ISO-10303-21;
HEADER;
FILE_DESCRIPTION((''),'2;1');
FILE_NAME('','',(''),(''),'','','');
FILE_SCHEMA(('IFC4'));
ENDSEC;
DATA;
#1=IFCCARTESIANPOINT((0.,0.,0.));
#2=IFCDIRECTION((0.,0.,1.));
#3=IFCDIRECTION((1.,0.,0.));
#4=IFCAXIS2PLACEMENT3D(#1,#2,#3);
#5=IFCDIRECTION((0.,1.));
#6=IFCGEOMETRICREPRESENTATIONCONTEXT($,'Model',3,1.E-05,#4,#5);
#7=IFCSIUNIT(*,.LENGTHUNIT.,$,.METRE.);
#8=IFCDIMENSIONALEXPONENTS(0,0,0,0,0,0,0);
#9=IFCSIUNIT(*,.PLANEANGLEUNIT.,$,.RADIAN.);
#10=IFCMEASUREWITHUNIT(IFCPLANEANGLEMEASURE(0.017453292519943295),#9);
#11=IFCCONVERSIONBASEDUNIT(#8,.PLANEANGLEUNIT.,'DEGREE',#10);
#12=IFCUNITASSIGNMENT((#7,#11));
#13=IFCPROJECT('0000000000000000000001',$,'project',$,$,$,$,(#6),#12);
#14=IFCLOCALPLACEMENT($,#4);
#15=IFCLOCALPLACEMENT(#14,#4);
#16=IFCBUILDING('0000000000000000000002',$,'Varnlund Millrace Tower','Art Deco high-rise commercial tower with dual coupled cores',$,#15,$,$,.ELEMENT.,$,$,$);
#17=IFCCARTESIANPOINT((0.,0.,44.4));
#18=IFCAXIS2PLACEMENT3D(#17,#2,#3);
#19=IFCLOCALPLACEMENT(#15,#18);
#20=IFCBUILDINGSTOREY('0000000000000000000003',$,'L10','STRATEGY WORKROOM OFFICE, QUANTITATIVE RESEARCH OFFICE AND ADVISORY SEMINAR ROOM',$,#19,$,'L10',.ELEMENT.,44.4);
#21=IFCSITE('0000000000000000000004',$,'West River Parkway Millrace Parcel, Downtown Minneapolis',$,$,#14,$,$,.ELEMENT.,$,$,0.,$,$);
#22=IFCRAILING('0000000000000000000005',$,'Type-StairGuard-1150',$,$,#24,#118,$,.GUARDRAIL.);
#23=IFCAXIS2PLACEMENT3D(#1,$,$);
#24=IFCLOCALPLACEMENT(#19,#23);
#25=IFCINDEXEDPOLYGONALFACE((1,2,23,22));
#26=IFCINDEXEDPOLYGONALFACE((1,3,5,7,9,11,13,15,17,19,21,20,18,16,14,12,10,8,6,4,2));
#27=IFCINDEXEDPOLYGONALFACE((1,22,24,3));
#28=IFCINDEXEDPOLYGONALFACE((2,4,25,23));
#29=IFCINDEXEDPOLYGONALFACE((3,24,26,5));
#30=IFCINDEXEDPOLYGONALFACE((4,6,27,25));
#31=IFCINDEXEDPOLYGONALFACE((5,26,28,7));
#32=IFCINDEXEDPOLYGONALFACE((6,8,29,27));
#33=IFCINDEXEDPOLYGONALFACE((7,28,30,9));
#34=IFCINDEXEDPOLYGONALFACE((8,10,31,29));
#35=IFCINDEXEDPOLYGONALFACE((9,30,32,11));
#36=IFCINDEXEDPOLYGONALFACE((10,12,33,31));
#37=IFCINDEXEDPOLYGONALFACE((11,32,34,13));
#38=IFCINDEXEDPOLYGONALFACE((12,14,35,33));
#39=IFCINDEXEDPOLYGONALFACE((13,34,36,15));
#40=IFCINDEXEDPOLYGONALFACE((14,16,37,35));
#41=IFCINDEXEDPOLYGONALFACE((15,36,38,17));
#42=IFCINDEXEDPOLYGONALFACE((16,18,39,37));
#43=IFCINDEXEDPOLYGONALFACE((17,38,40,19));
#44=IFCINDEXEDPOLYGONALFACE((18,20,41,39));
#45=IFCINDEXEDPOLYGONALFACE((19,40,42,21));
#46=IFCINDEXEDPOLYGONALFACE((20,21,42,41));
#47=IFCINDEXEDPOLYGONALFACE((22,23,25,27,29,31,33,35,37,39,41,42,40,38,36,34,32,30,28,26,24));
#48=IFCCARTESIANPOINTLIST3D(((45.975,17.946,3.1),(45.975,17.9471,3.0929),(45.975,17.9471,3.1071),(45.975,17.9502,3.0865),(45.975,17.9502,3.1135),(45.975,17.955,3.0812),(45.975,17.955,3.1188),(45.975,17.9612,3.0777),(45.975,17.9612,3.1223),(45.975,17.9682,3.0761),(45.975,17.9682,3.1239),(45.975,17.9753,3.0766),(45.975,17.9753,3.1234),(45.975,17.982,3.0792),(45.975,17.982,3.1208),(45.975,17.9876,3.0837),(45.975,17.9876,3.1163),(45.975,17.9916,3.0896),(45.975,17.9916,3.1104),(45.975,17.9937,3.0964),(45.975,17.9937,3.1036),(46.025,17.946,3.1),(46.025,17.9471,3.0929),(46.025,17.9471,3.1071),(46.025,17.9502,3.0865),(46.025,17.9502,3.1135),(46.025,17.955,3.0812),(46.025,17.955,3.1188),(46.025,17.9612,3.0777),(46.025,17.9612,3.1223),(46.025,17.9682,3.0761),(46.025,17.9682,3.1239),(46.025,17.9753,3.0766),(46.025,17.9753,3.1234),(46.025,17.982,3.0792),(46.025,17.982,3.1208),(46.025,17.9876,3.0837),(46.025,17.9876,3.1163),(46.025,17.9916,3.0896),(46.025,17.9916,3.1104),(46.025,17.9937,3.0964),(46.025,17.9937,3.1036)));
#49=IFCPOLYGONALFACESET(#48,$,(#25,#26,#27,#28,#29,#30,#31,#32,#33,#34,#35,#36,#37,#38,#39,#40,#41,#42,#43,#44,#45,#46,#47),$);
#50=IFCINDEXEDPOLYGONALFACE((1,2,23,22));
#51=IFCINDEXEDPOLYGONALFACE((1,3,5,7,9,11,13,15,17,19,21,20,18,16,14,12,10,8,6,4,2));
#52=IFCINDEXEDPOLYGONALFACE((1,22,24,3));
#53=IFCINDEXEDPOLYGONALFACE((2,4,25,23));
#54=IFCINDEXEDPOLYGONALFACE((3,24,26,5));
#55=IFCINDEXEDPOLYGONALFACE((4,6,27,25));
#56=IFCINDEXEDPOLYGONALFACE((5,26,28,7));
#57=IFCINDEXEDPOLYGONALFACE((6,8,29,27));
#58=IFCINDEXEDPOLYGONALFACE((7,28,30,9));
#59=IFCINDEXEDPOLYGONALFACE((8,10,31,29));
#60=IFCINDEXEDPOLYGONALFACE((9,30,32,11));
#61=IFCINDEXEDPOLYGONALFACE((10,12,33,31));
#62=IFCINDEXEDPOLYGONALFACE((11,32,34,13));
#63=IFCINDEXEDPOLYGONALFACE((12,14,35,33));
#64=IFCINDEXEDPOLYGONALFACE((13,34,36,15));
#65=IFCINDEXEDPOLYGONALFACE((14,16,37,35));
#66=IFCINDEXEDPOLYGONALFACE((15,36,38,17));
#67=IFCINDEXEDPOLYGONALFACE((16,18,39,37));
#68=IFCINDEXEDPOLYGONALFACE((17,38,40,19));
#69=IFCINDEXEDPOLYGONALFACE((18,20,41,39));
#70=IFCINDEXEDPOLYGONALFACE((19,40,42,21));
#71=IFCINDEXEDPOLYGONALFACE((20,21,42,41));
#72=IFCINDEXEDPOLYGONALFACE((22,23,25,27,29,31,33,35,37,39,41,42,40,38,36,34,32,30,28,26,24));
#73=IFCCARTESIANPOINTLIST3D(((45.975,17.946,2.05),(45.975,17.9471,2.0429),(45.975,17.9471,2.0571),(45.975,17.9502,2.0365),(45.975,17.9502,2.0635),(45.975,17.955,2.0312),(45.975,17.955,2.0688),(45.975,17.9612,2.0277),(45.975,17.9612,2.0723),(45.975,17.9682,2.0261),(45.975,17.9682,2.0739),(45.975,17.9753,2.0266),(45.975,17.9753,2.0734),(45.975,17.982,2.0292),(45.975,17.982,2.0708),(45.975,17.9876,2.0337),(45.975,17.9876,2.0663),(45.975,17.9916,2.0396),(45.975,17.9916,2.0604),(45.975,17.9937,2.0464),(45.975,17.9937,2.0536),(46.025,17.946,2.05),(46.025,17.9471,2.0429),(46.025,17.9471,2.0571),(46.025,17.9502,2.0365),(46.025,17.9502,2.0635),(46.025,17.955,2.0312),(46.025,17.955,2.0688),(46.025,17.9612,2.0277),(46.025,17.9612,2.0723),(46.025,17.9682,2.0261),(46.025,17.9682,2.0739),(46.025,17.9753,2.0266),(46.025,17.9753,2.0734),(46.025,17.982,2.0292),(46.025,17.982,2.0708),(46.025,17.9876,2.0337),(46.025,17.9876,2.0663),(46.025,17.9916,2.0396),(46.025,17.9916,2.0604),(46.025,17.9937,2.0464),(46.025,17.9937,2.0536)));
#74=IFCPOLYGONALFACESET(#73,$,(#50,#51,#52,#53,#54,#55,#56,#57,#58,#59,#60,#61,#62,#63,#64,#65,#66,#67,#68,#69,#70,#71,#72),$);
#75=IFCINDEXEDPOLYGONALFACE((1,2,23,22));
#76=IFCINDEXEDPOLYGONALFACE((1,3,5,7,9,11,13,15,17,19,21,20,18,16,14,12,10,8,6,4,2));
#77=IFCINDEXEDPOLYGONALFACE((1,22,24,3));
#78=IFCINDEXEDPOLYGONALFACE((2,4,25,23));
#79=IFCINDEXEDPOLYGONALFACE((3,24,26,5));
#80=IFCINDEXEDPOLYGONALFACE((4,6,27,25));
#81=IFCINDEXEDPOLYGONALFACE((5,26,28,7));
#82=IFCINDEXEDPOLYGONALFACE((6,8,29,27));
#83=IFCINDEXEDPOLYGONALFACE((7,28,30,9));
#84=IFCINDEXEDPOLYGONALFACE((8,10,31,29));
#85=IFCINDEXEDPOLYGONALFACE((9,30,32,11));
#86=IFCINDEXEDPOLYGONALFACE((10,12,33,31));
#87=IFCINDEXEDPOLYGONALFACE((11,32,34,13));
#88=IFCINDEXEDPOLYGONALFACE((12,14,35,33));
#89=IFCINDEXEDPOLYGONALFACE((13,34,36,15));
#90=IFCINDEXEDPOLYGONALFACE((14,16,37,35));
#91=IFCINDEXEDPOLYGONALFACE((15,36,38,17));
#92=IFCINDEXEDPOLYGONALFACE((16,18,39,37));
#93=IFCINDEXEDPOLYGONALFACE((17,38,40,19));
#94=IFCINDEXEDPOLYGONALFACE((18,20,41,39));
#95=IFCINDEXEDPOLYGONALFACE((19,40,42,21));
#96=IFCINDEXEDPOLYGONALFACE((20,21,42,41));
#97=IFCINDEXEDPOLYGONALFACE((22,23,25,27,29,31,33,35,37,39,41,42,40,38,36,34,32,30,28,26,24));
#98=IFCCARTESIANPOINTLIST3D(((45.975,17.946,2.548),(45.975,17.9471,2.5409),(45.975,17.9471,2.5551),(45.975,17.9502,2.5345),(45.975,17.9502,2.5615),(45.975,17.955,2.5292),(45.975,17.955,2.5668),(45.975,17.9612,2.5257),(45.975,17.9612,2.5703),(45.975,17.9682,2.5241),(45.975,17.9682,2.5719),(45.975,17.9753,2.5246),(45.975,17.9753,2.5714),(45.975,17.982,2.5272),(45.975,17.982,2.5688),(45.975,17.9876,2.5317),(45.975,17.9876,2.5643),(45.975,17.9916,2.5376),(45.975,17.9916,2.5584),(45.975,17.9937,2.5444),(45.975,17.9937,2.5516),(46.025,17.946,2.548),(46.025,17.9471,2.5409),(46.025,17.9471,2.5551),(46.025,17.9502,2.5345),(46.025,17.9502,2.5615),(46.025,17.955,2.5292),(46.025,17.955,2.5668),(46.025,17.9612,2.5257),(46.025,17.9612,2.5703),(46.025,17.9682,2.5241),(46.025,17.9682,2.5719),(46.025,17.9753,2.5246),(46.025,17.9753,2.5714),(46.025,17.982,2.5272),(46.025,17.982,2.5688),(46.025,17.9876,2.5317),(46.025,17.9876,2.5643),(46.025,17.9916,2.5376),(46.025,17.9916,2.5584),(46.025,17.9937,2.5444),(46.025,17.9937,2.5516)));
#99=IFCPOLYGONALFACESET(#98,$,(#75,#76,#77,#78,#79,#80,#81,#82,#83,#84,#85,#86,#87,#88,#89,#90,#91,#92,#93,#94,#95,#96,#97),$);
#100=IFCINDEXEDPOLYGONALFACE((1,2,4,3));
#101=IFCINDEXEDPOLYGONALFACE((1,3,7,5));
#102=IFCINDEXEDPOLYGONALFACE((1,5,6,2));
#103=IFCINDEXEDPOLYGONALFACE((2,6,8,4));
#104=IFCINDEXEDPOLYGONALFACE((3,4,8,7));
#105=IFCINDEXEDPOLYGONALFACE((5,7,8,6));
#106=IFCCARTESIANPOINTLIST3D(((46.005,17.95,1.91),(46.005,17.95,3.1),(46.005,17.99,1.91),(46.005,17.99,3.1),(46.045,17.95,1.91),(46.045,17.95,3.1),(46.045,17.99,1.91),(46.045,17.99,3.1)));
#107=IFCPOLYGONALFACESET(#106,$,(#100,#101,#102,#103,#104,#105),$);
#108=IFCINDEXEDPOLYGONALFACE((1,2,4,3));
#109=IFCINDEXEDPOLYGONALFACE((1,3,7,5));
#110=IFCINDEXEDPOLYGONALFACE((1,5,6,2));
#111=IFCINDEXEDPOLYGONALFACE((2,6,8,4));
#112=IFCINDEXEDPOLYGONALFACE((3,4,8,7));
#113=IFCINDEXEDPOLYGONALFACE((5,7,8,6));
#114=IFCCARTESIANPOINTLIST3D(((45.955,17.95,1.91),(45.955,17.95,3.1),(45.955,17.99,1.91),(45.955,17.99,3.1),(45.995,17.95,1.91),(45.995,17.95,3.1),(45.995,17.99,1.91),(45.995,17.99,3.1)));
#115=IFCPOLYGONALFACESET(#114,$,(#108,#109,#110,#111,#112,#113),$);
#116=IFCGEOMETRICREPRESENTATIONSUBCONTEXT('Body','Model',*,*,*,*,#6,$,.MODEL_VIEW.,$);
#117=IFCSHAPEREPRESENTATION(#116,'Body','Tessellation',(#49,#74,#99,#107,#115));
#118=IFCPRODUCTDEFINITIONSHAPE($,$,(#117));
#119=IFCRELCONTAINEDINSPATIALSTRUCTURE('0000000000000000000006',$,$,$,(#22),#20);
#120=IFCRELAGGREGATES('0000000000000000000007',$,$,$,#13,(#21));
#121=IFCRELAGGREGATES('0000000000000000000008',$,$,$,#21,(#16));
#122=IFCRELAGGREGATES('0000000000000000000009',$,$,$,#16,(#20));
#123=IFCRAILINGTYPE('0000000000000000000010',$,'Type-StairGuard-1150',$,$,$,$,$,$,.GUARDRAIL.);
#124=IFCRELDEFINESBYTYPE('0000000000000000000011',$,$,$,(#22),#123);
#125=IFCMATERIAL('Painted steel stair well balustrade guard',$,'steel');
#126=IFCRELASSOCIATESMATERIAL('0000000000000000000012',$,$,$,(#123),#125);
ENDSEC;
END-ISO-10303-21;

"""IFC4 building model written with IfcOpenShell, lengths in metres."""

from ifc_helpers import new_model, entity, si_unit, converted_unit, direction, frame, origin_with_axes, origin_2d_with_axis, place, context, subcontext, project, spatial, rectangle, circle, extrude, material, type_object, element, save


model = new_model("IFC4")

# Units and contexts
model_context = context("Model", 3, precision=1e-05, world=origin_with_axes(), true_north=direction((0.0, 1.0)))
body_context = subcontext(model_context, "Body", "Model", "MODEL_VIEW")
ifc_project = project(units=[si_unit("LENGTHUNIT", "METRE"), converted_unit("PLANEANGLEUNIT", "DEGREE", entity("IfcPlaneAngleMeasure", 0.017453292519943295), si_unit("PLANEANGLEUNIT", "RADIAN"), dimensions=[0, 0, 0, 0, 0, 0, 0])], contexts=[model_context])

# Site, building, storey
site_placement = place(None, origin_with_axes())
site = spatial("IfcSite", under=ifc_project, at=site_placement, Name="West River Parkway Millrace Parcel, Downtown Minneapolis", CompositionType="ELEMENT", RefElevation=0.0)
building_placement = place(site_placement, origin_with_axes())
building = spatial("IfcBuilding", under=site, at=building_placement, Name="Varnlund Millrace Tower", Description="Art Deco high-rise commercial tower with dual coupled cores", CompositionType="ELEMENT")
storey_placement = place(building_placement, frame((0.0, 0.0, 44.4), z_axis=(0.0, 0.0, 1.0), x_axis=(1.0, 0.0, 0.0)))
storey = spatial("IfcBuildingStorey", under=building, at=storey_placement, Name="L10", Description="STRATEGY WORKROOM OFFICE, QUANTITATIVE RESEARCH OFFICE AND ADVISORY SEMINAR ROOM", LongName="L10", CompositionType="ELEMENT", Elevation=44.4)

# Railing
ifc_material_1 = material(Name="Painted steel stair well balustrade guard", Category="steel")
railing_type_1 = type_object("IfcRailingType", Name="Type-StairGuard-1150", PredefinedType="GUARDRAIL", material=ifc_material_1)
railing_1_placement = place(storey_placement, frame((0.0, 0.0, -44.4), z_axis=(0.0, 0.0, 1.0), x_axis=(1.0, 0.0, 0.0)))
element("IfcRailing", 1, at=railing_1_placement, inside=storey, type_object=railing_type_1, Name="Type-StairGuard-1150", PredefinedType="GUARDRAIL", context=body_context, shape_type="SweptSolid", body=[
    extrude(circle(Radius=0.024, at=origin_2d_with_axis()), frame((46.025, 17.97, 47.5), z_axis=(-1.0, 0.0, 0.0), x_axis=(0.0, -1.0, 0.0)), (0.0, 0.0, 1.0), 0.05),
    extrude(circle(Radius=0.024, at=origin_2d_with_axis()), frame((46.025, 17.97, 46.45), z_axis=(-1.0, 0.0, 0.0), x_axis=(0.0, -1.0, 0.0)), (0.0, 0.0, 1.0), 0.05),
    extrude(circle(Radius=0.024, at=origin_2d_with_axis()), frame((46.025, 17.97, 46.948), z_axis=(-1.0, 0.0, 0.0), x_axis=(0.0, -1.0, 0.0)), (0.0, 0.0, 1.0), 0.05),
    extrude(rectangle(XDim=0.04, YDim=0.04, at=origin_2d_with_axis()), frame((46.025, 17.97, 46.31), z_axis=(0.0, 0.0, 1.0), x_axis=(1.0, 0.0, 0.0)), (0.0, 0.0, 1.0), 1.19),
    extrude(rectangle(XDim=0.04, YDim=0.04, at=origin_2d_with_axis()), frame((45.975, 17.97, 46.31), z_axis=(0.0, 0.0, 1.0), x_axis=(1.0, 0.0, 0.0)), (0.0, 0.0, 1.0), 1.19),
])

save(model, "model.ifc")
